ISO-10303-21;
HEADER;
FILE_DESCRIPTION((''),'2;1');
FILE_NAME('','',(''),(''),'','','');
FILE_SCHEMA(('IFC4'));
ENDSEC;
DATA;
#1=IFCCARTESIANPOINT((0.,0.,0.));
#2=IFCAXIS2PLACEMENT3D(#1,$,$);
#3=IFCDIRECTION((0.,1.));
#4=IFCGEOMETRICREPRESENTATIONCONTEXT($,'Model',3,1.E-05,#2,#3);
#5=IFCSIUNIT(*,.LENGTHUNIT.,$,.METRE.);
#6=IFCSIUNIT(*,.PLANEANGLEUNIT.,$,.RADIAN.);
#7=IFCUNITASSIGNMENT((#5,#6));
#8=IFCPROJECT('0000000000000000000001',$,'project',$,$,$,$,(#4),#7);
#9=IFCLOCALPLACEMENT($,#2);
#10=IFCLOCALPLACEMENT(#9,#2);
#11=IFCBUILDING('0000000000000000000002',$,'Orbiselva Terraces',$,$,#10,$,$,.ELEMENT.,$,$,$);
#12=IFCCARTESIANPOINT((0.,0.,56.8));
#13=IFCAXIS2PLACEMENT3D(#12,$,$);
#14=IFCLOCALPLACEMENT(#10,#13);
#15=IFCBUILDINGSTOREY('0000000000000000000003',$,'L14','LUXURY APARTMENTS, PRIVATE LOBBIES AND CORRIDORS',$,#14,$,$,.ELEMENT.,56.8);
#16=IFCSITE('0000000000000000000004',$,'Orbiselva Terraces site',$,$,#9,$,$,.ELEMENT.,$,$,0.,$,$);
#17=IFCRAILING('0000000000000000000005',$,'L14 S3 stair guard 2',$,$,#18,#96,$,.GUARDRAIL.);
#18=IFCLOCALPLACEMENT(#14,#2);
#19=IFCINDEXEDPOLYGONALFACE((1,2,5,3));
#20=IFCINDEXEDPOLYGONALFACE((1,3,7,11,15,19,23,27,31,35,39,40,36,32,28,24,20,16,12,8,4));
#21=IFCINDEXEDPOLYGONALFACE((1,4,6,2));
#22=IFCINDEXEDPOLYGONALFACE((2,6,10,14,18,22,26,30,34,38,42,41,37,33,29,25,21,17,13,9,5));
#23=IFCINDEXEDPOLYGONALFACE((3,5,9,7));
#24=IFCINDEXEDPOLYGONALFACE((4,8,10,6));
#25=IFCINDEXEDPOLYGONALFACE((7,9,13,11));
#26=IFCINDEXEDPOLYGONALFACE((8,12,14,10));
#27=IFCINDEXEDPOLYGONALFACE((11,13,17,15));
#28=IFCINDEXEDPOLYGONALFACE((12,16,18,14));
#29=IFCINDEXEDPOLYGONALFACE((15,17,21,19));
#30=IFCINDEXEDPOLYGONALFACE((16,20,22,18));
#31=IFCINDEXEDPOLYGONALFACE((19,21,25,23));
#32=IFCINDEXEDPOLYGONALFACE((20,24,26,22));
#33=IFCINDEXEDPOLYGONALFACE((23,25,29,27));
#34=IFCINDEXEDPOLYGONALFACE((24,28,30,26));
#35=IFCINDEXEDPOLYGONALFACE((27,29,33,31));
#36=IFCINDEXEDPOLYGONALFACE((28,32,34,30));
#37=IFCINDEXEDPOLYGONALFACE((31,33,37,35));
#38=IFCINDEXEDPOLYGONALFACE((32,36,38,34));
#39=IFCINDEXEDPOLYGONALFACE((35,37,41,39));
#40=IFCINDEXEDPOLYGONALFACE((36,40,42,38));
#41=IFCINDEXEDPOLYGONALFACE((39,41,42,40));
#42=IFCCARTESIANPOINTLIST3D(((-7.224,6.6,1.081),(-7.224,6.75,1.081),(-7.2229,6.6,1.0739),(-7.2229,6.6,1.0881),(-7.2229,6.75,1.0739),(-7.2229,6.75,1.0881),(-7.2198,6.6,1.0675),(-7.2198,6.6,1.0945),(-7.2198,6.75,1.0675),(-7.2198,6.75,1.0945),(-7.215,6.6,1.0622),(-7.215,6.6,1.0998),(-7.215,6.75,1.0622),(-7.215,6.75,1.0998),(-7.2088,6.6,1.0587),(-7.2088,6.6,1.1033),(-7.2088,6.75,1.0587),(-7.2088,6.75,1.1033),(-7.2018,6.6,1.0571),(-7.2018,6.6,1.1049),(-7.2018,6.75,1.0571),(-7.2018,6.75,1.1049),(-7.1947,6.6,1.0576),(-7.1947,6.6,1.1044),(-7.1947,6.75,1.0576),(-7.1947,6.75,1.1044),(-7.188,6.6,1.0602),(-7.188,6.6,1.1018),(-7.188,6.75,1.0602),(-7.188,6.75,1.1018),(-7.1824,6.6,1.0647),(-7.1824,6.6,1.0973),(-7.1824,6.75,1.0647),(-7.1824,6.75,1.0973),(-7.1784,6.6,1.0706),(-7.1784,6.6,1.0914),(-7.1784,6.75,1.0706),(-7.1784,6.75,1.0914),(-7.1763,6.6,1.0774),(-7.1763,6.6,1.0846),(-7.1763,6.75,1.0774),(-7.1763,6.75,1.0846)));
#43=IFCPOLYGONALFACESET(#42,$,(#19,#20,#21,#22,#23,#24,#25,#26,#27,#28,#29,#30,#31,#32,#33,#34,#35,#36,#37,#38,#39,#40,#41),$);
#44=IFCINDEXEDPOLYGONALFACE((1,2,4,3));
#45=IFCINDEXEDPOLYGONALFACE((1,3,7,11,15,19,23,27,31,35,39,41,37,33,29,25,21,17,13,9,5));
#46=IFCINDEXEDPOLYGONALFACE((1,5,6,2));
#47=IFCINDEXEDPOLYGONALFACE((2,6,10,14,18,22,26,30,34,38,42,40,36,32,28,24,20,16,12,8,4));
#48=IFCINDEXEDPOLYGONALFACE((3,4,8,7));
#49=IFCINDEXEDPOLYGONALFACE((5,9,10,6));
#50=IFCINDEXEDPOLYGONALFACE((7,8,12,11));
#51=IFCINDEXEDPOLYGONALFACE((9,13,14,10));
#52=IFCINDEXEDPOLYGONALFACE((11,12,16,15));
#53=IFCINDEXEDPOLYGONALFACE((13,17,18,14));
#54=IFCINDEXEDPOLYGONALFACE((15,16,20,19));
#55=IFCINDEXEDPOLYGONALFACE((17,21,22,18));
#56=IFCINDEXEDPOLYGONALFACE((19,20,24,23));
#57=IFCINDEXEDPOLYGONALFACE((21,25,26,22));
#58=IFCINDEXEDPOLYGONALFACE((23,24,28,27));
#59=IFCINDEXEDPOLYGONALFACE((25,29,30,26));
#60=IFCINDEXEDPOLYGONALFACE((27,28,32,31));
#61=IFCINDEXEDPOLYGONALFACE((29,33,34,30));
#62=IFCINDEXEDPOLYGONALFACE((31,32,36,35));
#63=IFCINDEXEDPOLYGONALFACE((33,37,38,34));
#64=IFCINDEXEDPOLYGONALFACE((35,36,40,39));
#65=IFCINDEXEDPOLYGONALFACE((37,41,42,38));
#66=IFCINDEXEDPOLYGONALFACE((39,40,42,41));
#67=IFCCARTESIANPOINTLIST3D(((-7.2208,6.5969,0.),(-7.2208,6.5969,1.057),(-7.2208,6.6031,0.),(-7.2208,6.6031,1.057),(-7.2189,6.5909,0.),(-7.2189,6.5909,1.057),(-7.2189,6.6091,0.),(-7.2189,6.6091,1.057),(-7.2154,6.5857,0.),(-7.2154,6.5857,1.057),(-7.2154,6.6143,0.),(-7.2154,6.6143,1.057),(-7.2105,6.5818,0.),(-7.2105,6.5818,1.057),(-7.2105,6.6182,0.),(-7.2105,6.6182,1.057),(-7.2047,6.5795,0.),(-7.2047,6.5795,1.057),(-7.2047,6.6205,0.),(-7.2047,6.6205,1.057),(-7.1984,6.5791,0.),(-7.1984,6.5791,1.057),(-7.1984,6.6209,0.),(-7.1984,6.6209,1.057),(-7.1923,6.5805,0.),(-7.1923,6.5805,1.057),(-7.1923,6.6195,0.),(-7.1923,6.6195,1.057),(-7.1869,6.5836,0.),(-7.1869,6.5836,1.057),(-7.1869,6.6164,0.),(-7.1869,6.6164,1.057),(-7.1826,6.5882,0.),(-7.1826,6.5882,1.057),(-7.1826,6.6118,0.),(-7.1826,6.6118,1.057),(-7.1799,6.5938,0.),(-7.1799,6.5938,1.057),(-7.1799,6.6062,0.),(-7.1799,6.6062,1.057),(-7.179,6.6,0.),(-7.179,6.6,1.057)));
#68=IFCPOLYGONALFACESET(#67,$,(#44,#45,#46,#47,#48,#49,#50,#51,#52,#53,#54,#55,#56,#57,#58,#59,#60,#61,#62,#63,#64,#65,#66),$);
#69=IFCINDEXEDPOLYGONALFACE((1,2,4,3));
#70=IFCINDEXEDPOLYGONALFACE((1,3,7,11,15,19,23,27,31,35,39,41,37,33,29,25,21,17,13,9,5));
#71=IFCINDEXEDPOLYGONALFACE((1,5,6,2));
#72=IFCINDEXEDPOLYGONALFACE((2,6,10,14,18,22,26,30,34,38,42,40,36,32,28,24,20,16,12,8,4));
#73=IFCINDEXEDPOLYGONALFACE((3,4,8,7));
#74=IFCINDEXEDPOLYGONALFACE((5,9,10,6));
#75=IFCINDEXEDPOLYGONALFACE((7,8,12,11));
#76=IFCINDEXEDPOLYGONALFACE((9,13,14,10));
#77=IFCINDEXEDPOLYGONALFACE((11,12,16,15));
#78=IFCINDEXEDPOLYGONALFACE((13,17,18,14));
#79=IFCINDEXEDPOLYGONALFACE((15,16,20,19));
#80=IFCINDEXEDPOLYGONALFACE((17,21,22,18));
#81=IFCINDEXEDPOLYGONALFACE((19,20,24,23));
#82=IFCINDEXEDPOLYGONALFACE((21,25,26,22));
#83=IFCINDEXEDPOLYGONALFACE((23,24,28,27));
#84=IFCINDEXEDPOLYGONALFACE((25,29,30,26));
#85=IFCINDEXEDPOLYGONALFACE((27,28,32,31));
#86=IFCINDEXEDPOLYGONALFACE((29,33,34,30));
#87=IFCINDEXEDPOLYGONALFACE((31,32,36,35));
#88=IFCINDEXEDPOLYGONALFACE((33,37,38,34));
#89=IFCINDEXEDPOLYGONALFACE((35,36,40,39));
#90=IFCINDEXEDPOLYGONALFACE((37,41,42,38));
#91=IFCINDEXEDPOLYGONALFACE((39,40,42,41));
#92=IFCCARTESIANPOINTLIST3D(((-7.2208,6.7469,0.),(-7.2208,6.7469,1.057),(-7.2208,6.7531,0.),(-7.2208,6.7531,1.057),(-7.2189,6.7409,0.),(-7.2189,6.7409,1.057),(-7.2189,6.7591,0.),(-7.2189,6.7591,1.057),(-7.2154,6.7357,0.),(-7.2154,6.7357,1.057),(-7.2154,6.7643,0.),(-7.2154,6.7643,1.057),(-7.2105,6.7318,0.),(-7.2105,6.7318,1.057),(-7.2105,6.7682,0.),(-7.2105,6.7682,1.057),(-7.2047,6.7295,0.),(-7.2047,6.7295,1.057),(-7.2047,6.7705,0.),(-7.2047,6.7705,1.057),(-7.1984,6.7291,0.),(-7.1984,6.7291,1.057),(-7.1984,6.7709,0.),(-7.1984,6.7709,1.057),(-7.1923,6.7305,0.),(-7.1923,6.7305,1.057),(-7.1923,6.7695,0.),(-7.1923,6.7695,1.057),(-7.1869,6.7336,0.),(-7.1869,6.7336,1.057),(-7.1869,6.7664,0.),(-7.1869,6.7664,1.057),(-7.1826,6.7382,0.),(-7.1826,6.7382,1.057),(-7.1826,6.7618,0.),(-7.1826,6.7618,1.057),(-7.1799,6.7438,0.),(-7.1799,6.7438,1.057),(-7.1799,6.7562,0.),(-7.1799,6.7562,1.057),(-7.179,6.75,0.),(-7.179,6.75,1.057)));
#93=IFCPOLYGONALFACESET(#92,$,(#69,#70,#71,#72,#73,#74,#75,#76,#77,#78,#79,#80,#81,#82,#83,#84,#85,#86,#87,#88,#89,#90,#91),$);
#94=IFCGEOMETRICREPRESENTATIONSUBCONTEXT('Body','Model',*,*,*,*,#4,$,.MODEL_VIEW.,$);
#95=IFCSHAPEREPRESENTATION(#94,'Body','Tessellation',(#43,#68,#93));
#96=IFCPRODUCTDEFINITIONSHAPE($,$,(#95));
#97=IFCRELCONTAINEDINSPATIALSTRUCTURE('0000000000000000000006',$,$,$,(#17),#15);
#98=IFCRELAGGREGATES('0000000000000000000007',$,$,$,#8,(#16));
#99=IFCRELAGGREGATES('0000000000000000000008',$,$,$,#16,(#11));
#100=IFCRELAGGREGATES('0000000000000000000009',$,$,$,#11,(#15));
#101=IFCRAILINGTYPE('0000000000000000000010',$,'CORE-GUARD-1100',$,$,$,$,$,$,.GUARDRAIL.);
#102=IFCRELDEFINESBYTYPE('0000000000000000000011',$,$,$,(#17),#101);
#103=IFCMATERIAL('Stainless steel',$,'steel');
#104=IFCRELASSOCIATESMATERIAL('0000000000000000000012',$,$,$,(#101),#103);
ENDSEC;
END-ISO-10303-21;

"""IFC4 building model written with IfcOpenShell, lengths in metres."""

from ifc_helpers import new_model, si_unit, direction, frame, origin, origin_2d, place, context, subcontext, project, spatial, circle, extrude, material, type_object, element, save


model = new_model("IFC4")

# Units and contexts
model_context = context("Model", 3, precision=1e-05, world=origin(), true_north=direction((0.0, 1.0)))
body_context = subcontext(model_context, "Body", "Model", "MODEL_VIEW")
ifc_project = project(units=[si_unit("LENGTHUNIT", "METRE"), si_unit("PLANEANGLEUNIT", "RADIAN")], contexts=[model_context])

# Site, building, storey
site_placement = place(None, origin())
site = spatial("IfcSite", under=ifc_project, at=site_placement, Name="Orbiselva Terraces site", CompositionType="ELEMENT", RefElevation=0.0)
building_placement = place(site_placement, origin())
building = spatial("IfcBuilding", under=site, at=building_placement, Name="Orbiselva Terraces", CompositionType="ELEMENT")
storey_placement = place(building_placement, frame((0.0, 0.0, 56.8)))
storey = spatial("IfcBuildingStorey", under=building, at=storey_placement, Name="L14", Description="LUXURY APARTMENTS, PRIVATE LOBBIES AND CORRIDORS", CompositionType="ELEMENT", Elevation=56.8)

# Railing
ifc_material_1 = material(Name="Stainless steel", Category="steel")
railing_type_1 = type_object("IfcRailingType", Name="CORE-GUARD-1100", PredefinedType="GUARDRAIL", material=ifc_material_1)
railing_1_placement = place(storey_placement, frame((-7.2, 6.6, 0.0)))
element("IfcRailing", 1, at=railing_1_placement, inside=storey, type_object=railing_type_1, Name="L14 S3 stair guard 2", PredefinedType="GUARDRAIL", context=body_context, shape_type="SweptSolid", body=[
    extrude(circle(Radius=0.024, at=origin_2d()), frame((0.0, 0.0, 1.081), z_axis=(0.0, 1.0, 0.0), x_axis=(-1.0, 0.0, 0.0)), (0.0, 0.0, 1.0), 0.15),
    extrude(circle(Radius=0.021, at=origin_2d()), origin(), (0.0, 0.0, 1.0), 1.057),
    extrude(circle(Radius=0.021, at=origin_2d()), frame((0.0, 0.15, 0.0)), (0.0, 0.0, 1.0), 1.057),
])

save(model, "model.ifc")
